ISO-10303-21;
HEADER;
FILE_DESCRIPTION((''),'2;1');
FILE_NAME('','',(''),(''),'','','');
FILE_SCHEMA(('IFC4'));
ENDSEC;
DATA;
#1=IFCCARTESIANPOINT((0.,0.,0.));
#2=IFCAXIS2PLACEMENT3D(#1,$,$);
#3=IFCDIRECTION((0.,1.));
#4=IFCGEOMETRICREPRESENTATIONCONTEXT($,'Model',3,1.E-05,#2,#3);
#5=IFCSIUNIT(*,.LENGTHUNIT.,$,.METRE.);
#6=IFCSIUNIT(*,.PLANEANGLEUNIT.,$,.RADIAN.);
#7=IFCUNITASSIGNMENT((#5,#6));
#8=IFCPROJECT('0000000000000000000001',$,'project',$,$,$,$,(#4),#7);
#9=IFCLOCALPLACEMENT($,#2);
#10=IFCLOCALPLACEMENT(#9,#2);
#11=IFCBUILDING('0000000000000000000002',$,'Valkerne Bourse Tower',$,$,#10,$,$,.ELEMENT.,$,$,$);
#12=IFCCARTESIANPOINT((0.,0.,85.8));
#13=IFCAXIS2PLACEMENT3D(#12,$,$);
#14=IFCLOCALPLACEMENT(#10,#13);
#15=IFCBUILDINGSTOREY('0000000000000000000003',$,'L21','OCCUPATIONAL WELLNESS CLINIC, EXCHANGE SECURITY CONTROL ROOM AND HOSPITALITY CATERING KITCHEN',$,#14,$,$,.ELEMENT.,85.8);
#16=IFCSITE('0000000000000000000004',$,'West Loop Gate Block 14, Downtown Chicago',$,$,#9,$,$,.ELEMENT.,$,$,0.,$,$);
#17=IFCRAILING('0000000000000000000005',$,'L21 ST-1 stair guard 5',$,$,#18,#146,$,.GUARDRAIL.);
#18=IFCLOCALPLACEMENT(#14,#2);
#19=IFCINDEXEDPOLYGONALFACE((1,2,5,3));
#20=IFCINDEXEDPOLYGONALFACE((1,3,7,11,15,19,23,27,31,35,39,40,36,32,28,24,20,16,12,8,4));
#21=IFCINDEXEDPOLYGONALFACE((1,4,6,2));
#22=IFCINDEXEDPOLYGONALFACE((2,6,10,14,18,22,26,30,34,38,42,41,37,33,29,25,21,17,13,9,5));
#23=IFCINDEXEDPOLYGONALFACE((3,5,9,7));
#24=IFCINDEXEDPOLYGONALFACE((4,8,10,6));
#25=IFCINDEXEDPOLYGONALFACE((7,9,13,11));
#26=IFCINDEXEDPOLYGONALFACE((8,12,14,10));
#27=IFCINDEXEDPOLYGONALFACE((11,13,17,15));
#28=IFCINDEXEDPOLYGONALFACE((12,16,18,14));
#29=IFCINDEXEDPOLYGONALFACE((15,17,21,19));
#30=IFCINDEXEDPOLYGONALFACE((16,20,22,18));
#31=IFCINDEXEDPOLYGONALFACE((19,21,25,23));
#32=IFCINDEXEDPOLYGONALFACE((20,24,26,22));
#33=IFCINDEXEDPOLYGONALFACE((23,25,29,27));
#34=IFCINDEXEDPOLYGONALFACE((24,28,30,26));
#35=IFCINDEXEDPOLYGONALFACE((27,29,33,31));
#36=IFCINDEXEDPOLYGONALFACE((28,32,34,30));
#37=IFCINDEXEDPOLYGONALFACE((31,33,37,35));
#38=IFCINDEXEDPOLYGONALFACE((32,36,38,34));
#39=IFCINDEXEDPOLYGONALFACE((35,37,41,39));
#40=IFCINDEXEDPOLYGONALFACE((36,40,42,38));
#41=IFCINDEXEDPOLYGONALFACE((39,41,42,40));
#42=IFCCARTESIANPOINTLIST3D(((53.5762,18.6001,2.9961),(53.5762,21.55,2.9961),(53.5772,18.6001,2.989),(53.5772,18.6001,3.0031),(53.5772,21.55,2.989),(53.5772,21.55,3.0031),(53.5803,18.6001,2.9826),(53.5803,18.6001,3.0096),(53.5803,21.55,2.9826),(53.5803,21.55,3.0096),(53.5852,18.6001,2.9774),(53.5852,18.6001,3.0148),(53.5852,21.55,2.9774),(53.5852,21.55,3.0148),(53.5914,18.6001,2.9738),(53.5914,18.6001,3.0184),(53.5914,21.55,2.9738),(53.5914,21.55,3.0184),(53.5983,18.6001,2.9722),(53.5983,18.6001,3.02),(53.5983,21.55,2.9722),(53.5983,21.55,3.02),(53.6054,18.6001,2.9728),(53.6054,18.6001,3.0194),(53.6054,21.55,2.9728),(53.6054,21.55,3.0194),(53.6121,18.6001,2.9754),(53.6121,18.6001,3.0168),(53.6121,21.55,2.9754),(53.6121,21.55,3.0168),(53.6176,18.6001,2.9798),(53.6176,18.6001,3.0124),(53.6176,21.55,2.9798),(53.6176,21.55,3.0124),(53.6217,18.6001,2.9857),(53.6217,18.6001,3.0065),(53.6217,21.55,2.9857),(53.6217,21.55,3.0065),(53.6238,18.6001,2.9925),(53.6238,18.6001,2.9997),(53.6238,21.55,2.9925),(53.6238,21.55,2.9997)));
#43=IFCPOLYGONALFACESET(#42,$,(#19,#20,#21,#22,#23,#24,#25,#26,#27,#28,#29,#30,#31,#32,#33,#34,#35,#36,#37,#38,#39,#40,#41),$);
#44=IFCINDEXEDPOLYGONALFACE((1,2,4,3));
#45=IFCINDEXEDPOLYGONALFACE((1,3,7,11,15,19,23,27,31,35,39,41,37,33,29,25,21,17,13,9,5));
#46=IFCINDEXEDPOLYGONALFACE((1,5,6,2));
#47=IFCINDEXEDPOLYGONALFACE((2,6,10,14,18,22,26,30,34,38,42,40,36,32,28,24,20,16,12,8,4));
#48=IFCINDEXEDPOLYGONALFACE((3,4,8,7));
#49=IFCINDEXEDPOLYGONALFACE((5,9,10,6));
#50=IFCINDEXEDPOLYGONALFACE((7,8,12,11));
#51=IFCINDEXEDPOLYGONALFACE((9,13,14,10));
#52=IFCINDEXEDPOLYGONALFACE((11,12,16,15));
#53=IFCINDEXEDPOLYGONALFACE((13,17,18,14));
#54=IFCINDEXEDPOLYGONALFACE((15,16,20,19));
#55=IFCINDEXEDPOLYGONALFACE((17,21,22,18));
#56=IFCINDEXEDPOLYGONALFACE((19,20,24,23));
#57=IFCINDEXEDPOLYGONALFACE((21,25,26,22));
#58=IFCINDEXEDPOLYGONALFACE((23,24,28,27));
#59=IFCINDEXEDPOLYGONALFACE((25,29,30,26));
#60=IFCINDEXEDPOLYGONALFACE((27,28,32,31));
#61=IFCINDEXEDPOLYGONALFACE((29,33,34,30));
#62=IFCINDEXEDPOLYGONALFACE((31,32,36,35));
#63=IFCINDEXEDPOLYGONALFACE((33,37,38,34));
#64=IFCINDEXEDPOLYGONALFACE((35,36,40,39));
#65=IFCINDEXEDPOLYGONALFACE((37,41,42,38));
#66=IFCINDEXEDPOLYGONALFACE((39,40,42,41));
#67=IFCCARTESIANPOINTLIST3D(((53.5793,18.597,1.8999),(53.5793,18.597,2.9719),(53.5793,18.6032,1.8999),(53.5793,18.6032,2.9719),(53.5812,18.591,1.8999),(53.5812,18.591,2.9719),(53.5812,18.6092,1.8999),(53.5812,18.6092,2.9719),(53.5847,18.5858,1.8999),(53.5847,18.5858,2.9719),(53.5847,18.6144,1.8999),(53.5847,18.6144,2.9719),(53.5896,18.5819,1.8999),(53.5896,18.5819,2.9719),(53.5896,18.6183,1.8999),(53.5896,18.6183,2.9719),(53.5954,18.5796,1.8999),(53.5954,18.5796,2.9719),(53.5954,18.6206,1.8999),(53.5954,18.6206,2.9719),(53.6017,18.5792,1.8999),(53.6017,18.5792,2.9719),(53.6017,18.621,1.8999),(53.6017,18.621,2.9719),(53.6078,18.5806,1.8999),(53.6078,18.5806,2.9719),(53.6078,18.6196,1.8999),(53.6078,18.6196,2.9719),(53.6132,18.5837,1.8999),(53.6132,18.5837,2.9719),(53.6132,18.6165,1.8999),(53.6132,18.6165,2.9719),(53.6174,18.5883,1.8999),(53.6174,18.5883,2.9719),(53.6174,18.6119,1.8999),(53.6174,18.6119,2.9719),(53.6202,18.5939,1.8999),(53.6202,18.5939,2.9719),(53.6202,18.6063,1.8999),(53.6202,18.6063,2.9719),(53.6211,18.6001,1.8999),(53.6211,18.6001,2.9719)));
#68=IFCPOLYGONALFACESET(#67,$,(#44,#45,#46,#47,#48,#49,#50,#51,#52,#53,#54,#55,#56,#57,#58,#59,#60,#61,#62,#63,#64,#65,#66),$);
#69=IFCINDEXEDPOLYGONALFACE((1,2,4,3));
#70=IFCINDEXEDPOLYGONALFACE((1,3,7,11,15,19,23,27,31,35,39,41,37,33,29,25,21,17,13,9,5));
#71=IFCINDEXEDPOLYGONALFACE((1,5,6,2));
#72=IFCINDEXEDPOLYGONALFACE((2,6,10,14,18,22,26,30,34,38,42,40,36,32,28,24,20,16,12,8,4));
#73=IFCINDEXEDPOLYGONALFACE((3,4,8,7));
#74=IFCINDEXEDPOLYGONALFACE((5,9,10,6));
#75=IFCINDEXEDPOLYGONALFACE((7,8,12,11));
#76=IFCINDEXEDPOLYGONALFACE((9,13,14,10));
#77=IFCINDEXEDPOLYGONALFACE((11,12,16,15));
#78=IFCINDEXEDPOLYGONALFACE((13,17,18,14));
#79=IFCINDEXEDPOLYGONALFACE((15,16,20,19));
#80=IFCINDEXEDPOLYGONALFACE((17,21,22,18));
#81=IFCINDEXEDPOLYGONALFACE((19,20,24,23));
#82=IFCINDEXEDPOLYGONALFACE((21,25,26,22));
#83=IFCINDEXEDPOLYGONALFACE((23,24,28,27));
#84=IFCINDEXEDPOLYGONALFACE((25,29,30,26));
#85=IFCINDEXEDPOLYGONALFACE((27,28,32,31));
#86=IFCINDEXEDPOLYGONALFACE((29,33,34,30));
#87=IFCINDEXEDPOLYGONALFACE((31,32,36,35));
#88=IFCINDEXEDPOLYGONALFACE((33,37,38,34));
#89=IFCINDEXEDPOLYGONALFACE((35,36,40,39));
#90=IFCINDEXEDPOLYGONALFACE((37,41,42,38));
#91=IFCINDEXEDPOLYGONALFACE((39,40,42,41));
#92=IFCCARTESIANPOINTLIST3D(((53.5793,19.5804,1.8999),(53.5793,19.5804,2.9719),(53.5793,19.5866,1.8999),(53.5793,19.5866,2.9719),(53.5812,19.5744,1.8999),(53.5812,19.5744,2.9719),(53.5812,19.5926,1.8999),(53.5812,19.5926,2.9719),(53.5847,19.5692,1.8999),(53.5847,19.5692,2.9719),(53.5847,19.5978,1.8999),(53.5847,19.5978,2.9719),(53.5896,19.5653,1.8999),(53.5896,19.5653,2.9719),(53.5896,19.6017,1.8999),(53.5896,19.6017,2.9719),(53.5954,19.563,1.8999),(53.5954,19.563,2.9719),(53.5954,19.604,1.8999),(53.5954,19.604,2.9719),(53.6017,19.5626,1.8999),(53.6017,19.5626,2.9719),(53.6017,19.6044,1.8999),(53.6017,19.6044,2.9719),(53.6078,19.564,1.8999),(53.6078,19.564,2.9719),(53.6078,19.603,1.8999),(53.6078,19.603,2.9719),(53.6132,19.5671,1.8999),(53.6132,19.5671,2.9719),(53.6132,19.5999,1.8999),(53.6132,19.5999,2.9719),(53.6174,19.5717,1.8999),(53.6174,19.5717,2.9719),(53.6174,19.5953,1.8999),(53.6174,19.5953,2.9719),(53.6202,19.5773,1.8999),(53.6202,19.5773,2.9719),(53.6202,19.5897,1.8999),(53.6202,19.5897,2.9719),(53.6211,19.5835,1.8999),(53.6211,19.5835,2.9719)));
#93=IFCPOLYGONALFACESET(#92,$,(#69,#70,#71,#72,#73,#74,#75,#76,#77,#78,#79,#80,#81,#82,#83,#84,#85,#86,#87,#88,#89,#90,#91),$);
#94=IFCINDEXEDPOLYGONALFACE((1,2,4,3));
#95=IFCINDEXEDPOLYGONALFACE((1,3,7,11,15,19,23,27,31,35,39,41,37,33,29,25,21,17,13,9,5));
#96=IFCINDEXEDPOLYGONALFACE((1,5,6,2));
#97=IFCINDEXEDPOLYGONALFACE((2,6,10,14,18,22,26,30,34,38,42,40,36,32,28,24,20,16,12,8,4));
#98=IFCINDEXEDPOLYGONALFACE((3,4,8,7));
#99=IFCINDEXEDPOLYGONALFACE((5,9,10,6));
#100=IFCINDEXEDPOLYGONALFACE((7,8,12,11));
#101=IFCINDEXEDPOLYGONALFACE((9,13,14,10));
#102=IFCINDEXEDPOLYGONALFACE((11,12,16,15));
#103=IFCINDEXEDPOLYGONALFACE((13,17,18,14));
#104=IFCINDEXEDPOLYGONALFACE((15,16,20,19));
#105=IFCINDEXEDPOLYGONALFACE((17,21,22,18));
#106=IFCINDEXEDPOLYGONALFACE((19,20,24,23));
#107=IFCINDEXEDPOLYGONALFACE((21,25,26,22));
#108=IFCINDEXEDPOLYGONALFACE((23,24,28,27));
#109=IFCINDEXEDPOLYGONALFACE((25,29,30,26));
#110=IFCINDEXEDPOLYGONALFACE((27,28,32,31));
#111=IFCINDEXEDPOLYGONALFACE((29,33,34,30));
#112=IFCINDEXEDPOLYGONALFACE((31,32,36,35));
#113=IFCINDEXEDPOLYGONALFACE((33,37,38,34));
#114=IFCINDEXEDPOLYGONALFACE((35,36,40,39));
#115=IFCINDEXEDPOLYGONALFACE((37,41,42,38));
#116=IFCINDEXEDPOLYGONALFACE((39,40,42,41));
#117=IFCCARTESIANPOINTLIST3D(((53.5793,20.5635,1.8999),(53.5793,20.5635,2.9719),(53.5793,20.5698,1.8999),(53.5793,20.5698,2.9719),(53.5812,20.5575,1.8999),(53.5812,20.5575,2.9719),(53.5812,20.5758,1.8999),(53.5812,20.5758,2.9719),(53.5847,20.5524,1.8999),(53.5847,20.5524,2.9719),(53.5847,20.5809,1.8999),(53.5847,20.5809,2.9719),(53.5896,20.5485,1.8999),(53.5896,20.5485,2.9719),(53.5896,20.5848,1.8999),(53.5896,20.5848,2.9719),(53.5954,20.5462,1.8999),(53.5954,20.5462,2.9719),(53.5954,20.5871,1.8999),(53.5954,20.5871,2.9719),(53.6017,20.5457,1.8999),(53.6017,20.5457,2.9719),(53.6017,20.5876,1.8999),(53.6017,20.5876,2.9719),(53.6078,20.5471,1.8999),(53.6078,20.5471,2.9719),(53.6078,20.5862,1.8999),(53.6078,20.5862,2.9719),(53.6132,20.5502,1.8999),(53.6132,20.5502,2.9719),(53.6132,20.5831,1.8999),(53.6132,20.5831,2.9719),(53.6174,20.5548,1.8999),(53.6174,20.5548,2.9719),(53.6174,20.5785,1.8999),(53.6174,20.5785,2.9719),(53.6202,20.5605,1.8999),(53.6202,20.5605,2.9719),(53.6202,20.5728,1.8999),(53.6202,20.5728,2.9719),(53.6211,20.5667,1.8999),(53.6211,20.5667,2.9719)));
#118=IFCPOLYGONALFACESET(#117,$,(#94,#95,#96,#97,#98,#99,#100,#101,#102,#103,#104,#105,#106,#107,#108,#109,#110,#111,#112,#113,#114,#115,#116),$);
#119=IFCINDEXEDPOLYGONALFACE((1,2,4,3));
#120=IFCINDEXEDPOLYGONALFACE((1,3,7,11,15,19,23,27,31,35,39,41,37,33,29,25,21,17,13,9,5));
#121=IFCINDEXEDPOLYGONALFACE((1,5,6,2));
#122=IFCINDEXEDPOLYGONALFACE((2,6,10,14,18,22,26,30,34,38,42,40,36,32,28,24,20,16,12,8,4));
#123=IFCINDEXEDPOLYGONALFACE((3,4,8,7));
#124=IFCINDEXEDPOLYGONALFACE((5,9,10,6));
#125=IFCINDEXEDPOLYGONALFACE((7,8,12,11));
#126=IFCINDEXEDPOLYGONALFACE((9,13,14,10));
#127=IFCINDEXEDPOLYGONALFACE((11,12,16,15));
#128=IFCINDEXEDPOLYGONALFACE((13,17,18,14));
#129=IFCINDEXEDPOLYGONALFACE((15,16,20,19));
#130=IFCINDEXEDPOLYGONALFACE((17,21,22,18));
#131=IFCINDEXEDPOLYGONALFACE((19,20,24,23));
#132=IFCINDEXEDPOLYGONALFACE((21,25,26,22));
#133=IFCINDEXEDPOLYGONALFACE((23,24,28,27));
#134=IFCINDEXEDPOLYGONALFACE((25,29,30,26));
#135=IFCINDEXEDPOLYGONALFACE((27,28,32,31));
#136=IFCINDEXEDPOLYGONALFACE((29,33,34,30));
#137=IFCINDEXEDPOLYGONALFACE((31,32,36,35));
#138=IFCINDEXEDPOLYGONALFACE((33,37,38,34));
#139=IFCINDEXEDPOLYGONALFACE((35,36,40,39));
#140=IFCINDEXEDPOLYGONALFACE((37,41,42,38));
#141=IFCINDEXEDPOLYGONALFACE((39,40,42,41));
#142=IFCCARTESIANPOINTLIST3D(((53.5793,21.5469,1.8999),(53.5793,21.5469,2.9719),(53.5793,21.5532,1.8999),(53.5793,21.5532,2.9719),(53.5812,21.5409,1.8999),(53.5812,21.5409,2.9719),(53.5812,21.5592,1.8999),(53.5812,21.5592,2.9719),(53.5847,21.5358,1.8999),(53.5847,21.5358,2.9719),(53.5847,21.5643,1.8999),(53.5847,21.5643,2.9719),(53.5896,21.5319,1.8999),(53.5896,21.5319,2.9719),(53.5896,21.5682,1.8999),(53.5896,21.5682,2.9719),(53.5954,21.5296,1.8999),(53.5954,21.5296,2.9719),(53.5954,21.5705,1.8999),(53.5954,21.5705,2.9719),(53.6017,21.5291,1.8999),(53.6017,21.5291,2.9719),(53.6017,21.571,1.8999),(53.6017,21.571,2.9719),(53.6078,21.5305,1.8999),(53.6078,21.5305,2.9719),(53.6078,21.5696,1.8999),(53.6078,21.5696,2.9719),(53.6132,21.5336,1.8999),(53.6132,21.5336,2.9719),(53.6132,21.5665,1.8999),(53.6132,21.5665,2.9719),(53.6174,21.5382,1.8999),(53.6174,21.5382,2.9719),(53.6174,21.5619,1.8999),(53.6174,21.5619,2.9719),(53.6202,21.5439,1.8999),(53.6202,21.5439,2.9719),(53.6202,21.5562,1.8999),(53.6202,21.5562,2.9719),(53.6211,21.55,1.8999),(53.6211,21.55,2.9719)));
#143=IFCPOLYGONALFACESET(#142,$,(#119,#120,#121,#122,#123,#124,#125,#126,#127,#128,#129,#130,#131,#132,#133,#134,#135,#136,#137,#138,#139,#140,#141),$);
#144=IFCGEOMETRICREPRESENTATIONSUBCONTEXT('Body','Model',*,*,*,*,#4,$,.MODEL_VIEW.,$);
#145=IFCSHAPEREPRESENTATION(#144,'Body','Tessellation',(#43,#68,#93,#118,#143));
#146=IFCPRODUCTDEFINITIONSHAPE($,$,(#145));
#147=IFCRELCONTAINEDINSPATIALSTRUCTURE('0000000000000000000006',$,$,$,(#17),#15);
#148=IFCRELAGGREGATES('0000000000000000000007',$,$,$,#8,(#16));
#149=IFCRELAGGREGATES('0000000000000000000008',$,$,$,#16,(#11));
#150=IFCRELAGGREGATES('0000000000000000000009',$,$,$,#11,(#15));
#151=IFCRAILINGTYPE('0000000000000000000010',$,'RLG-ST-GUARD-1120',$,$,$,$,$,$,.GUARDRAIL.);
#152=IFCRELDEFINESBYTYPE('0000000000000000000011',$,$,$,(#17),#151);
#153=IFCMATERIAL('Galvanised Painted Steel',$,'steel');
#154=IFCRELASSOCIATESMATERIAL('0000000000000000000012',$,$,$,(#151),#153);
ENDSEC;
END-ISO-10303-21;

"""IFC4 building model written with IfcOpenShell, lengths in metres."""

from ifc_helpers import new_model, si_unit, direction, frame, origin, origin_2d, place, context, subcontext, project, spatial, circle, extrude, material, type_object, element, save


model = new_model("IFC4")

# Units and contexts
model_context = context("Model", 3, precision=1e-05, world=origin(), true_north=direction((0.0, 1.0)))
body_context = subcontext(model_context, "Body", "Model", "MODEL_VIEW")
ifc_project = project(units=[si_unit("LENGTHUNIT", "METRE"), si_unit("PLANEANGLEUNIT", "RADIAN")], contexts=[model_context])

# Site, building, storey
site_placement = place(None, origin())
site = spatial("IfcSite", under=ifc_project, at=site_placement, Name="West Loop Gate Block 14, Downtown Chicago", CompositionType="ELEMENT", RefElevation=0.0)
building_placement = place(site_placement, origin())
building = spatial("IfcBuilding", under=site, at=building_placement, Name="Valkerne Bourse Tower", CompositionType="ELEMENT")
storey_placement = place(building_placement, frame((0.0, 0.0, 85.8)))
storey = spatial("IfcBuildingStorey", under=building, at=storey_placement, Name="L21", Description="OCCUPATIONAL WELLNESS CLINIC, EXCHANGE SECURITY CONTROL ROOM AND HOSPITALITY CATERING KITCHEN", CompositionType="ELEMENT", Elevation=85.8)

# Shared definitions
ifc_material_1 = material(Name="Galvanised Painted Steel", Category="steel")

# Railing
railing_type_1 = type_object("IfcRailingType", Name="RLG-ST-GUARD-1120", PredefinedType="GUARDRAIL", material=ifc_material_1)
railing_1_placement = place(storey_placement, frame((53.6001, 18.6001, 1.8999)))
element("IfcRailing", 1, at=railing_1_placement, inside=storey, type_object=railing_type_1, Name="L21 ST-1 stair guard 5", PredefinedType="GUARDRAIL", context=body_context, shape_type="SweptSolid", body=[
    extrude(circle(Radius=0.0239, at=origin_2d()), frame((0.0, 0.0, 1.0962), z_axis=(0.0, 1.0, 0.0), x_axis=(-1.0, 0.0, 0.0)), (0.0, 0.0, 1.0), 2.95),
    extrude(circle(Radius=0.021, at=origin_2d()), origin(), (0.0, 0.0, 1.0), 1.072),
    extrude(circle(Radius=0.021, at=origin_2d()), frame((0.0, 0.9834, 0.0)), (0.0, 0.0, 1.0), 1.072),
    extrude(circle(Radius=0.021, at=origin_2d()), frame((0.0, 1.9666, 0.0)), (0.0, 0.0, 1.0), 1.072),
    extrude(circle(Radius=0.021, at=origin_2d()), frame((0.0, 2.95, 0.0)), (0.0, 0.0, 1.0), 1.072),
])

save(model, "model.ifc")
